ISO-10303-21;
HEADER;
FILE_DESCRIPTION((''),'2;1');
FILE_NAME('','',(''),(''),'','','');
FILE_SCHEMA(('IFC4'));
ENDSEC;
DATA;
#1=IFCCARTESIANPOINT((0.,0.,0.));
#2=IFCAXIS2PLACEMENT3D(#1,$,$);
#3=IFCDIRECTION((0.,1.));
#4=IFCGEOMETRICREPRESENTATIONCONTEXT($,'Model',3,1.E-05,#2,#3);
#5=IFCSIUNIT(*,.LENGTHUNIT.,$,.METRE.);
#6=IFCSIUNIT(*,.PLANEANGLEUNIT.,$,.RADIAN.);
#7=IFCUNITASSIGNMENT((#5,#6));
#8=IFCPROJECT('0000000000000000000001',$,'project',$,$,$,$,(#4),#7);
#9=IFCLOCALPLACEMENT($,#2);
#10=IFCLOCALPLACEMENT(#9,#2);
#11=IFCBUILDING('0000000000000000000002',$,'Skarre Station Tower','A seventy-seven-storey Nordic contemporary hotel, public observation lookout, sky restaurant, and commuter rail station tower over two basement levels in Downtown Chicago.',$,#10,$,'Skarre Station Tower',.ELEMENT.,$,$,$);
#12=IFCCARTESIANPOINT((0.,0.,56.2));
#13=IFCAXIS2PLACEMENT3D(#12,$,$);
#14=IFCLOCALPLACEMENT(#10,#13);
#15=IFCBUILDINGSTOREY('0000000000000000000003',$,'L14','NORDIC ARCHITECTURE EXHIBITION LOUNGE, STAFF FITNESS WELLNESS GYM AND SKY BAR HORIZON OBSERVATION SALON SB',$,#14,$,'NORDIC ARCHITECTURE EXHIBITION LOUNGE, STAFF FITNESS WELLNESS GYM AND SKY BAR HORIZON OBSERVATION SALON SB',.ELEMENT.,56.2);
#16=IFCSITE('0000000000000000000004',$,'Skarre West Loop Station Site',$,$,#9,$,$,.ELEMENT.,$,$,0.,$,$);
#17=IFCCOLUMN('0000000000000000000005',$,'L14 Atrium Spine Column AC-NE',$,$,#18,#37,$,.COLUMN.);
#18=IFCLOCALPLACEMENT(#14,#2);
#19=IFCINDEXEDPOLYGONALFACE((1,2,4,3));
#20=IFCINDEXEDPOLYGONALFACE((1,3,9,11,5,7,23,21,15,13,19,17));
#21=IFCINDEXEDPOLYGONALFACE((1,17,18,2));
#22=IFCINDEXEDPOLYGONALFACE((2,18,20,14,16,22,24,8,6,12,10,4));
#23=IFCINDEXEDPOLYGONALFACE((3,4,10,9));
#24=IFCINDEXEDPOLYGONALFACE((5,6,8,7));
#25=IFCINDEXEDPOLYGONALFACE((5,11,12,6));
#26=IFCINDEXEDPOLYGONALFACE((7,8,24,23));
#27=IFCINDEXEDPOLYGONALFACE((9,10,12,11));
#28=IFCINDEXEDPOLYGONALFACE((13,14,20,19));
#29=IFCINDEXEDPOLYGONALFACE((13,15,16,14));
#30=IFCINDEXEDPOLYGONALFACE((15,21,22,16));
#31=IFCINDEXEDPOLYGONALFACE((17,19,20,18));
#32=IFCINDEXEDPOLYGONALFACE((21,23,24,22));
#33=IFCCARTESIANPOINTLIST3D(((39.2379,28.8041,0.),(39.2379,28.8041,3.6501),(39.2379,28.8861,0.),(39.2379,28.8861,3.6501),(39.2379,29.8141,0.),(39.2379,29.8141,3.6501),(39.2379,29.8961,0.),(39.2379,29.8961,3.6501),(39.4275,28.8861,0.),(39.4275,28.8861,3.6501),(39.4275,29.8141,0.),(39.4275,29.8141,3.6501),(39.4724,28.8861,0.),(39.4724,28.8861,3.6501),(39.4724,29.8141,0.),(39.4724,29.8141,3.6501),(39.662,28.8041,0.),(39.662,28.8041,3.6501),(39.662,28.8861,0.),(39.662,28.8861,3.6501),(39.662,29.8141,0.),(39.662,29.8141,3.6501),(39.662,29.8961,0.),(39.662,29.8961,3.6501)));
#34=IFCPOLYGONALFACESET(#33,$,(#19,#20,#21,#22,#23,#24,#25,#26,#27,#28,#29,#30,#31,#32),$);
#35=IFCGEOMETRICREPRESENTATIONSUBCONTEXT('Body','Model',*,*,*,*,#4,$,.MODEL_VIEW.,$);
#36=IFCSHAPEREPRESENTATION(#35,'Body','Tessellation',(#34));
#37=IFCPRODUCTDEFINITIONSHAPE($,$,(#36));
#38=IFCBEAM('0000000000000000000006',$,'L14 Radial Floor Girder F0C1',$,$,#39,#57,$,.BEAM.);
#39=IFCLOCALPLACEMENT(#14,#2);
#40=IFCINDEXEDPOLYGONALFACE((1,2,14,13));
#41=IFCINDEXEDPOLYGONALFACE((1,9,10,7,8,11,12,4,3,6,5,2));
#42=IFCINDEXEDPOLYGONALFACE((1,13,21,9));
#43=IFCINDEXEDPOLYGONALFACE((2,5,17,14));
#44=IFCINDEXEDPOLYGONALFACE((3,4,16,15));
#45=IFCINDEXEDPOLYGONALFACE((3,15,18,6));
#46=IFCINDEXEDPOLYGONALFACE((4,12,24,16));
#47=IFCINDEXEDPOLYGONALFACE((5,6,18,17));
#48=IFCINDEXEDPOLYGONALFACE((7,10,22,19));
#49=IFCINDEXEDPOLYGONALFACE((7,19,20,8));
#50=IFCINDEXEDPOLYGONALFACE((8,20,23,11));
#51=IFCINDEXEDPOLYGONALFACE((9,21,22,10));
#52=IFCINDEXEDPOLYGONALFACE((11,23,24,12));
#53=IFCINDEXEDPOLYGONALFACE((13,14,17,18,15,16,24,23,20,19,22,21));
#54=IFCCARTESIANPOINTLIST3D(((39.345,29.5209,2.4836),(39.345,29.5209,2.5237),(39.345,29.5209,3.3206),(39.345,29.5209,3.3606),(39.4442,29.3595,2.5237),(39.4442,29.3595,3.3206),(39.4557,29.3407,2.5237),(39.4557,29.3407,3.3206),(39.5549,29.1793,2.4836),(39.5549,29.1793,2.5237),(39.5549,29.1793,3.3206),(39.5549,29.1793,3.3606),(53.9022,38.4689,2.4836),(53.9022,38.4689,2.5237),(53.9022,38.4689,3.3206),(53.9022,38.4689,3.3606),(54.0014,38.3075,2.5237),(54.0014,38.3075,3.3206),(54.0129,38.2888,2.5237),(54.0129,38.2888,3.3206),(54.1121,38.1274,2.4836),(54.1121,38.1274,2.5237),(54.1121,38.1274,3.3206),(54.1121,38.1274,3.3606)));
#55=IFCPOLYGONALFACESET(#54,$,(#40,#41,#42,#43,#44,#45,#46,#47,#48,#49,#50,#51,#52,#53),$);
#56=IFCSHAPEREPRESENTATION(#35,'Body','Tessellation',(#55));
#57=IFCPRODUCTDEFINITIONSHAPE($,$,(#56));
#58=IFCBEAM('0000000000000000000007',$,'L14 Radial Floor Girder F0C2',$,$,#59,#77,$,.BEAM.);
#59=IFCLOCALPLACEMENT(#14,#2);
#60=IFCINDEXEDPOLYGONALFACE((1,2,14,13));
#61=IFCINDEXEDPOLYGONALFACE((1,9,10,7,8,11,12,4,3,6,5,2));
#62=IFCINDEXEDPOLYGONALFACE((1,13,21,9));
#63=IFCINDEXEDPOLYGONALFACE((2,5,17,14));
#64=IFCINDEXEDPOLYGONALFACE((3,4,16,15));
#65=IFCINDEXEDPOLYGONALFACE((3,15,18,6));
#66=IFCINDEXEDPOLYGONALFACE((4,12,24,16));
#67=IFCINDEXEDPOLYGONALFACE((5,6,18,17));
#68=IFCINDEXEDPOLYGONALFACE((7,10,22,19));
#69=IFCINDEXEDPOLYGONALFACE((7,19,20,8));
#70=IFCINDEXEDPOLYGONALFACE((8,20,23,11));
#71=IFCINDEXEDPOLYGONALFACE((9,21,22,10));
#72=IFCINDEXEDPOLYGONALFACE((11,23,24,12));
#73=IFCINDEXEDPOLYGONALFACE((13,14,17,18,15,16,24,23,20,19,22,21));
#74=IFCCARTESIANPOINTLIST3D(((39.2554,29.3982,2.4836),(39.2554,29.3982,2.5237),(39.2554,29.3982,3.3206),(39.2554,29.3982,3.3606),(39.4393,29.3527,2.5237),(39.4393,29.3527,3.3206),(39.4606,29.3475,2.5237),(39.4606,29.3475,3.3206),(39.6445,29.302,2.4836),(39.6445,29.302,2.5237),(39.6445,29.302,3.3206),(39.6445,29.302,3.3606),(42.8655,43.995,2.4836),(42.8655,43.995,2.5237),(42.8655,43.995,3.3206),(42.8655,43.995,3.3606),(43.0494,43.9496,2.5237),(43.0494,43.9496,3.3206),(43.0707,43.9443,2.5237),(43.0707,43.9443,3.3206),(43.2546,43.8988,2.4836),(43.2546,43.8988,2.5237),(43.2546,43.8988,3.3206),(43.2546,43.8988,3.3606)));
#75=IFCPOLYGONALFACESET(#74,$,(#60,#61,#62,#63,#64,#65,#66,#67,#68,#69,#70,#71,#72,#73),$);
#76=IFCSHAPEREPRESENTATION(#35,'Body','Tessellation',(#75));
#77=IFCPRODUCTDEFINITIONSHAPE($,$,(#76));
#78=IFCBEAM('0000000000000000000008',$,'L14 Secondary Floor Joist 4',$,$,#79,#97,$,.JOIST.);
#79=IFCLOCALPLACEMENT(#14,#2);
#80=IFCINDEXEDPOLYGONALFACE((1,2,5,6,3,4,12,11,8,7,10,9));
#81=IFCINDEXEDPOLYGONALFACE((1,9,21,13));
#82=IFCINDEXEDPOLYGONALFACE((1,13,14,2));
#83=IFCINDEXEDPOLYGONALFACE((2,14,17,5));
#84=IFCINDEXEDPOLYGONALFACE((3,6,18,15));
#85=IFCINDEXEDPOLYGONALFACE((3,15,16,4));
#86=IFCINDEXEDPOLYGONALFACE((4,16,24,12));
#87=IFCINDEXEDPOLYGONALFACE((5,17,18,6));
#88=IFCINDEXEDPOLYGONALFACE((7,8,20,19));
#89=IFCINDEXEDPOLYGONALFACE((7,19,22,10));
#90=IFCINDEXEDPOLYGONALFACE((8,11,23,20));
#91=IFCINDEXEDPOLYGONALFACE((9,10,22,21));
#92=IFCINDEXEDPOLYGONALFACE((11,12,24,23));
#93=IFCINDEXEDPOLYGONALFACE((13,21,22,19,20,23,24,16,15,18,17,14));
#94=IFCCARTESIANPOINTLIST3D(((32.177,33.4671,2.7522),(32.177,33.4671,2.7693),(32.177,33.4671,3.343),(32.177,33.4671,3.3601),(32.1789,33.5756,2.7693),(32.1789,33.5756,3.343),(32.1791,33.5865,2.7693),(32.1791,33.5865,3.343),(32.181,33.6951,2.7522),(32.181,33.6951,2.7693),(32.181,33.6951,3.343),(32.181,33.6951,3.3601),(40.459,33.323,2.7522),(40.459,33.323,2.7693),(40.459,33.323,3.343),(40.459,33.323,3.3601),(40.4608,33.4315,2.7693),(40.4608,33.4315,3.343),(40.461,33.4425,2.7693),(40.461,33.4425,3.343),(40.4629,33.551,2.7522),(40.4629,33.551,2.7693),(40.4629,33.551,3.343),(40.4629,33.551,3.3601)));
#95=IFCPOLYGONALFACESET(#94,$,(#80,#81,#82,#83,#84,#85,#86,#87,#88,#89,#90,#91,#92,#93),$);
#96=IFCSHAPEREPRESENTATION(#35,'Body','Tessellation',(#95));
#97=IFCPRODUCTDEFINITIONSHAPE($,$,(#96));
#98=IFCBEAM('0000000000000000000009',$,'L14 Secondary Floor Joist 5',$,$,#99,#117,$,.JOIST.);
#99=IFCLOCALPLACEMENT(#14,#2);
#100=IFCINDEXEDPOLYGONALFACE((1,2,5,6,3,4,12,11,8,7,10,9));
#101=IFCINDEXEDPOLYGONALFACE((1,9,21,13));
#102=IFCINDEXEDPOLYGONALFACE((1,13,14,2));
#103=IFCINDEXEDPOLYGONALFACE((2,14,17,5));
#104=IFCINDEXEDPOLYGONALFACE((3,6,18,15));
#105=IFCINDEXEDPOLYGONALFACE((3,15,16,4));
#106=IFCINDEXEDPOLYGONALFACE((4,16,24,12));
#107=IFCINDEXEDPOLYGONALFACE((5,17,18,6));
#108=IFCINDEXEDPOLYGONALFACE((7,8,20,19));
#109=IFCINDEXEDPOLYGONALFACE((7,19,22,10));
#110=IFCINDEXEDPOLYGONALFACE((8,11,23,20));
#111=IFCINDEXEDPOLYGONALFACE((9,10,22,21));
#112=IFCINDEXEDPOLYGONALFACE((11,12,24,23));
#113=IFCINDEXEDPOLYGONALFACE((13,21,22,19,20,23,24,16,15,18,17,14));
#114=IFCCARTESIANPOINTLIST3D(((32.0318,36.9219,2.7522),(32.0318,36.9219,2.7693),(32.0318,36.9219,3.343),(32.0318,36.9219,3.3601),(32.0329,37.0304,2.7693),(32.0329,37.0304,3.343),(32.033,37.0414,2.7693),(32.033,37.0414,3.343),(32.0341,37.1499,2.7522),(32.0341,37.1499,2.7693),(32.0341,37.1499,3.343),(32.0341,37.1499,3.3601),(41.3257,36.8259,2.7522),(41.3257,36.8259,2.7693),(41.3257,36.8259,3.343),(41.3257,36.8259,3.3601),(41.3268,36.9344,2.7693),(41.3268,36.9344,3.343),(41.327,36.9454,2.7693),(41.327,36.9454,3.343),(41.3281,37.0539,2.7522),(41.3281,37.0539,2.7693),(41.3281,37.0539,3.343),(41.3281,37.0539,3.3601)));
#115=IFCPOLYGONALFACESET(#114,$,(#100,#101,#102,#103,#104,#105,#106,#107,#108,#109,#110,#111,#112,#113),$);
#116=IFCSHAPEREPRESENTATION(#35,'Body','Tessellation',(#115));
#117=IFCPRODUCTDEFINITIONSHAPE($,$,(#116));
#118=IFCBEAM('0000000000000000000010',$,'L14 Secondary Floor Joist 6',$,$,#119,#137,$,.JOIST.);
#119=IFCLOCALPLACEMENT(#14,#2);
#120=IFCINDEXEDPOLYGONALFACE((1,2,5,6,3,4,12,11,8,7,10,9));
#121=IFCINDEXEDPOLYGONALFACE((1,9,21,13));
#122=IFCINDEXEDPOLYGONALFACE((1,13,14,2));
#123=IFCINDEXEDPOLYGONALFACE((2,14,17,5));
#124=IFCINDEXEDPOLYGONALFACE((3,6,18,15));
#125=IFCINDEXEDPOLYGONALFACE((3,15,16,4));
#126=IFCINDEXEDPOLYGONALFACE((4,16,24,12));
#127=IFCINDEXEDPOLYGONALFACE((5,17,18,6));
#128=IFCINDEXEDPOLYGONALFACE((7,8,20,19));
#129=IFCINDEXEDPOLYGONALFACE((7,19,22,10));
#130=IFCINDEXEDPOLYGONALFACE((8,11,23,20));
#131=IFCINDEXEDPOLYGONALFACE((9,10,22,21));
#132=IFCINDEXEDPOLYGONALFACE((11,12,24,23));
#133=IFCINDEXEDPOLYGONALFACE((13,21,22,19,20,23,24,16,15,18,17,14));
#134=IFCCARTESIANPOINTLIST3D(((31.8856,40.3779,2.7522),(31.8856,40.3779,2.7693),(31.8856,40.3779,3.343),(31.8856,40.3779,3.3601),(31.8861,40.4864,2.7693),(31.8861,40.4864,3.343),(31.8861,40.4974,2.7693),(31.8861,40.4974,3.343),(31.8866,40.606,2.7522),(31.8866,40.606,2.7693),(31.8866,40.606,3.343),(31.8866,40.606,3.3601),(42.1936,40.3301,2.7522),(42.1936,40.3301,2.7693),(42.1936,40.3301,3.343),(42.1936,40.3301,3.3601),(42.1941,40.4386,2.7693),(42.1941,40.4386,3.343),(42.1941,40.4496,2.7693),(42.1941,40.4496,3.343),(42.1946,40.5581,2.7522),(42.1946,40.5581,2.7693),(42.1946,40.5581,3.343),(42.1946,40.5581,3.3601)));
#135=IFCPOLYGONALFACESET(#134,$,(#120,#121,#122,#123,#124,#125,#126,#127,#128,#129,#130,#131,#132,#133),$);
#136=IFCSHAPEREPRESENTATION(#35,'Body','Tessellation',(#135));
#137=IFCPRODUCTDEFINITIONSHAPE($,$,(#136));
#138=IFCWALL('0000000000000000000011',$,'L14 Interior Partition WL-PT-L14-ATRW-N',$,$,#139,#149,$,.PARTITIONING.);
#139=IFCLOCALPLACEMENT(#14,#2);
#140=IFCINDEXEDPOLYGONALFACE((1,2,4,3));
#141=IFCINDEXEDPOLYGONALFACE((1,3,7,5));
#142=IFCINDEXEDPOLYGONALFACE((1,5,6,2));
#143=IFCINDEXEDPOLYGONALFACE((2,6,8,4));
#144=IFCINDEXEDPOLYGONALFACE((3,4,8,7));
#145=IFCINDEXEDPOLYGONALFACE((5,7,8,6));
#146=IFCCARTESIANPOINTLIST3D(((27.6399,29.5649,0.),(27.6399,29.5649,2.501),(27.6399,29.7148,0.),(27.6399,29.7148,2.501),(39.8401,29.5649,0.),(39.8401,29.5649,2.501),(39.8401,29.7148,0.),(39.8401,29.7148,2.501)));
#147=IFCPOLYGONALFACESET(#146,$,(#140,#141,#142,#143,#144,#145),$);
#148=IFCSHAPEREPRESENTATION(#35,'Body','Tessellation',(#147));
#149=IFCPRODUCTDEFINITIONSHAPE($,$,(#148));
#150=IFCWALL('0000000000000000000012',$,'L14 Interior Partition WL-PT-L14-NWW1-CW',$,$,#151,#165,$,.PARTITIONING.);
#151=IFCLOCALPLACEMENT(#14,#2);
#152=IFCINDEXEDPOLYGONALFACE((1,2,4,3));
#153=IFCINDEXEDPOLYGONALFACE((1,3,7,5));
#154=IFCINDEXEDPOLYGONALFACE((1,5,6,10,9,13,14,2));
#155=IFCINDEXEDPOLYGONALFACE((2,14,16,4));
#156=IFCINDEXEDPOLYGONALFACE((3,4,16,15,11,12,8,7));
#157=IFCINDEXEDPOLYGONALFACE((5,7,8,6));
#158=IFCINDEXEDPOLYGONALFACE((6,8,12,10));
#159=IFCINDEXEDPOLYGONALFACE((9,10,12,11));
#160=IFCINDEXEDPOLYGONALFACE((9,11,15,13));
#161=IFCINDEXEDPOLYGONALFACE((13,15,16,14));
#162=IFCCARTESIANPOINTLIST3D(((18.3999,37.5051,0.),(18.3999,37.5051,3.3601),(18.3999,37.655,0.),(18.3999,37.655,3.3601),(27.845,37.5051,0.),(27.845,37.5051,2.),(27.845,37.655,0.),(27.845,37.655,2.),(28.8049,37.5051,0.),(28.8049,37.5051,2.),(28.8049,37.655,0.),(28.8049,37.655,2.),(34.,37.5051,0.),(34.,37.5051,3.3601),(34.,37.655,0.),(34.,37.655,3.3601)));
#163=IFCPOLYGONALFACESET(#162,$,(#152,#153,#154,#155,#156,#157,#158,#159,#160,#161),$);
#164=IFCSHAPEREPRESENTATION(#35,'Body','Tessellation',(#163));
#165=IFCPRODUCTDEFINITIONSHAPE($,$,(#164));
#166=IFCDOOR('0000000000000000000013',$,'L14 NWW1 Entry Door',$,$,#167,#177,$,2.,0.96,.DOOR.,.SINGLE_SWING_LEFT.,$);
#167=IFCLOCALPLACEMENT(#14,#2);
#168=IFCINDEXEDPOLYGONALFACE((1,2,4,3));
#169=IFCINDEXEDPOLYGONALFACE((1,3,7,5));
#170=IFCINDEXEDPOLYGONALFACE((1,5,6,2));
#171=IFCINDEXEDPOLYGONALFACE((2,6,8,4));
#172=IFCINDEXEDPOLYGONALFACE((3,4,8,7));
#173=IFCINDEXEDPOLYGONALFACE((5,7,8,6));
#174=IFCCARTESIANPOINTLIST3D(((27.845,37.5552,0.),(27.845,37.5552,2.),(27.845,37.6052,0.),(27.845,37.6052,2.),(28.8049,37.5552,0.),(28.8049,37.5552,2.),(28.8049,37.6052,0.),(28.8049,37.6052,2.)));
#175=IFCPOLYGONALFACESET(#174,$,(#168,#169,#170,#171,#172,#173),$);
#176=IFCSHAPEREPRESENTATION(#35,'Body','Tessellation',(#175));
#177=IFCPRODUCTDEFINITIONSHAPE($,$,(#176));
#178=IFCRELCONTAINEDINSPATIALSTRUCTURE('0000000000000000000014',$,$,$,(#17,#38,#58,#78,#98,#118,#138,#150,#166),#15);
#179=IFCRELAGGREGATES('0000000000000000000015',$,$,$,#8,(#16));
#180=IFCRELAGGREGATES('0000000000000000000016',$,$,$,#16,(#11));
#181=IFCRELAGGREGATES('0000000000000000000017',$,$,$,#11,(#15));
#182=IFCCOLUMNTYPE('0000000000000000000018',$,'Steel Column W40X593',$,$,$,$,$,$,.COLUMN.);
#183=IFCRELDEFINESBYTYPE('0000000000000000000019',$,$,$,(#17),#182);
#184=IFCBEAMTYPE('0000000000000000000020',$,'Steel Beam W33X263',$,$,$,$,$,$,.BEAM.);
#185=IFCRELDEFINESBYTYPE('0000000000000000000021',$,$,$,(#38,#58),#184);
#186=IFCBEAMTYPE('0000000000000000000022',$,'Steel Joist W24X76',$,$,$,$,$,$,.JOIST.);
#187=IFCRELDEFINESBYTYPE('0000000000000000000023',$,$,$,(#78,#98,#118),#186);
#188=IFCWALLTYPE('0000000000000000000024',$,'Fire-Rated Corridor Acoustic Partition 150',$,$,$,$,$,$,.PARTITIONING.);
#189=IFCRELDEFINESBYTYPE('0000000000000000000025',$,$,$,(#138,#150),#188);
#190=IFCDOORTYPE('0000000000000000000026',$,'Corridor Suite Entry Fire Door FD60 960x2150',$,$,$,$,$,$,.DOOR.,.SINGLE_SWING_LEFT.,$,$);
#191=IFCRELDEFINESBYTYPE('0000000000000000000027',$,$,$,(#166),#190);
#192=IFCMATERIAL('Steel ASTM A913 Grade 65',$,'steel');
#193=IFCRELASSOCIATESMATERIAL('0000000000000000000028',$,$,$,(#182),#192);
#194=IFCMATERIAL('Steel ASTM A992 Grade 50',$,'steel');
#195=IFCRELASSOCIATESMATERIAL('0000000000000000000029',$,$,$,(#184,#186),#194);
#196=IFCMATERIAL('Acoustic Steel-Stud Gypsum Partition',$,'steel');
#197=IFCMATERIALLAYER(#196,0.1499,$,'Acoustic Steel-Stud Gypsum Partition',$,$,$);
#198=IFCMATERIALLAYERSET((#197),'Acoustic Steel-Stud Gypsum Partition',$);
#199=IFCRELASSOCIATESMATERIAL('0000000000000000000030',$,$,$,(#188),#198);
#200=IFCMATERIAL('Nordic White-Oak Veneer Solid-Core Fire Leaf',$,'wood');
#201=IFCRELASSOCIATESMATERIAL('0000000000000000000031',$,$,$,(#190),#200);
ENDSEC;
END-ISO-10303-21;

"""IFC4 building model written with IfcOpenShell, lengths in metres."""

from ifc_helpers import new_model, si_unit, direction, frame, frame_2d, origin, origin_2d, place, context, subcontext, project, spatial, rectangle, i_section, extrude, material, layer, layer_set, material_profile, profile_set, type_object, element, fill, save


model = new_model("IFC4")

# Units and contexts
model_context = context("Model", 3, precision=1e-05, world=origin(), true_north=direction((0.0, 1.0)))
body_context = subcontext(model_context, "Body", "Model", "MODEL_VIEW")
ifc_project = project(units=[si_unit("LENGTHUNIT", "METRE"), si_unit("PLANEANGLEUNIT", "RADIAN")], contexts=[model_context])

# Site, building, storey
site_placement = place(None, origin())
site = spatial("IfcSite", under=ifc_project, at=site_placement, Name="Skarre West Loop Station Site", CompositionType="ELEMENT", RefElevation=0.0)
building_placement = place(site_placement, origin())
building = spatial("IfcBuilding", under=site, at=building_placement, Name="Skarre Station Tower", Description="A seventy-seven-storey Nordic contemporary hotel, public observation lookout, sky restaurant, and commuter rail station tower over two basement levels in Downtown Chicago.", LongName="Skarre Station Tower", CompositionType="ELEMENT")
storey_placement = place(building_placement, frame((0.0, 0.0, 56.2)))
storey = spatial("IfcBuildingStorey", under=building, at=storey_placement, Name="L14", Description="NORDIC ARCHITECTURE EXHIBITION LOUNGE, STAFF FITNESS WELLNESS GYM AND SKY BAR HORIZON OBSERVATION SALON SB", LongName="NORDIC ARCHITECTURE EXHIBITION LOUNGE, STAFF FITNESS WELLNESS GYM AND SKY BAR HORIZON OBSERVATION SALON SB", CompositionType="ELEMENT", Elevation=56.2)

# Column
ifc_material_1 = material(Name="Steel ASTM A913 Grade 65", Category="steel")
ifc_material_profile_1 = material_profile(ifc_material_1, i_section(OverallWidth=0.4241, OverallDepth=1.092, WebThickness=0.0449, FlangeThickness=0.082, at=origin_2d()), Name="Steel ASTM A913 Grade 65")
ifc_profile_set_1 = profile_set([ifc_material_profile_1], Name="Steel ASTM A913 Grade 65")
column_type = type_object("IfcColumnType", Name="Steel Column W40X593", PredefinedType="COLUMN", material=ifc_profile_set_1)
column_placement = place(storey_placement, frame((39.45, 29.3501, 0.0), z_axis=(0.0, 0.0, 1.0), x_axis=(1.0, 0.0, 0.0)))
element("IfcColumn", 1, at=column_placement, inside=storey, type_object=column_type, Name="L14 Atrium Spine Column AC-NE", PredefinedType="COLUMN", context=body_context, shape_type="SweptSolid", body=[
    extrude(i_section(OverallWidth=0.4241, OverallDepth=1.092, WebThickness=0.0449, FlangeThickness=0.082, at=origin_2d()), origin(), (0.0, 0.0, 1.0), 3.6501),
])

# Beams
ifc_material_2 = material(Name="Steel ASTM A992 Grade 50", Category="steel")
ifc_material_profile_2 = material_profile(ifc_material_2, i_section(OverallWidth=0.4009, OverallDepth=0.877, WebThickness=0.022, FlangeThickness=0.04, at=origin_2d()), Name="Steel ASTM A992 Grade 50")
ifc_profile_set_2 = profile_set([ifc_material_profile_2], Name="Steel ASTM A992 Grade 50")
beam_type_1 = type_object("IfcBeamType", Name="Steel Beam W33X263", PredefinedType="BEAM", material=ifc_profile_set_2)
beam_1_placement = place(storey_placement, frame((39.45, 29.3501, 2.9221), z_axis=(0.851926, 0.523663, 0.0), x_axis=(-0.523663, 0.851926, 0.0)))
element("IfcBeam", 2, at=beam_1_placement, inside=storey, type_object=beam_type_1, Name="L14 Radial Floor Girder F0C1", PredefinedType="BEAM", context=body_context, shape_type="SweptSolid", body=[
    extrude(i_section(OverallWidth=0.4009, OverallDepth=0.877, WebThickness=0.022, FlangeThickness=0.04, at=origin_2d()), origin(), (0.0, 0.0, 1.0), 17.0874),
])
beam_2_placement = place(storey_placement, frame((39.45, 29.3501, 2.9221), z_axis=(0.240086, 0.970752, 0.0), x_axis=(-0.970752, 0.240086, 0.0)))
element("IfcBeam", 3, at=beam_2_placement, inside=storey, type_object=beam_type_1, Name="L14 Radial Floor Girder F0C2", PredefinedType="BEAM", context=body_context, shape_type="SweptSolid", body=[
    extrude(i_section(OverallWidth=0.4009, OverallDepth=0.877, WebThickness=0.022, FlangeThickness=0.04, at=origin_2d()), origin(), (0.0, 0.0, 1.0), 15.0366),
])
ifc_material_profile_3 = material_profile(ifc_material_2, i_section(OverallWidth=0.228, OverallDepth=0.6079, WebThickness=0.011, FlangeThickness=0.0171, at=origin_2d()), Name="Steel ASTM A992 Grade 50")
ifc_profile_set_3 = profile_set([ifc_material_profile_3], Name="Steel ASTM A992 Grade 50")
beam_type_2 = type_object("IfcBeamType", Name="Steel Joist W24X76", PredefinedType="JOIST", material=ifc_profile_set_3)
beam_3_placement = place(storey_placement, frame((40.4609, 33.437, 3.0562), z_axis=(-0.999849, 0.01739, 0.0), x_axis=(-0.01739, -0.999849, 0.0)))
element("IfcBeam", 4, at=beam_3_placement, inside=storey, type_object=beam_type_2, Name="L14 Secondary Floor Joist 4", PredefinedType="JOIST", context=body_context, shape_type="SweptSolid", body=[
    extrude(i_section(OverallWidth=0.228, OverallDepth=0.6079, WebThickness=0.011, FlangeThickness=0.0171, at=origin_2d()), origin(), (0.0, 0.0, 1.0), 8.2832),
])
beam_4_placement = place(storey_placement, frame((41.3269, 36.9399, 3.0562), z_axis=(-0.999947, 0.010323, 0.0), x_axis=(-0.010323, -0.999947, 0.0)))
element("IfcBeam", 5, at=beam_4_placement, inside=storey, type_object=beam_type_2, Name="L14 Secondary Floor Joist 5", PredefinedType="JOIST", context=body_context, shape_type="SweptSolid", body=[
    extrude(i_section(OverallWidth=0.228, OverallDepth=0.6079, WebThickness=0.011, FlangeThickness=0.0171, at=origin_2d()), origin(), (0.0, 0.0, 1.0), 9.2944),
])
beam_5_placement = place(storey_placement, frame((42.1941, 40.4441, 3.0562), z_axis=(-0.999989, 0.004642, 0.0), x_axis=(-0.004642, -0.999989, 0.0)))
element("IfcBeam", 6, at=beam_5_placement, inside=storey, type_object=beam_type_2, Name="L14 Secondary Floor Joist 6", PredefinedType="JOIST", context=body_context, shape_type="SweptSolid", body=[
    extrude(i_section(OverallWidth=0.228, OverallDepth=0.6079, WebThickness=0.011, FlangeThickness=0.0171, at=origin_2d()), origin(), (0.0, 0.0, 1.0), 10.3081),
])

# Wall
ifc_material_3 = material(Name="Acoustic Steel-Stud Gypsum Partition", Category="steel")
ifc_layer_1 = layer(ifc_material_3, 0.1499, Name="Acoustic Steel-Stud Gypsum Partition")
ifc_layer_set_1 = layer_set([ifc_layer_1], Name="Acoustic Steel-Stud Gypsum Partition")
wall_type_1 = type_object("IfcWallType", Name="Fire-Rated Corridor Acoustic Partition 150", PredefinedType="PARTITIONING", material=ifc_layer_set_1)
wall_1_placement = place(storey_placement, frame((39.8401, 29.6399, 0.0), z_axis=(0.0, 0.0, 1.0), x_axis=(-1.0, 0.0, 0.0)))
element("IfcWall", 7, at=wall_1_placement, inside=storey, type_object=wall_type_1, Name="L14 Interior Partition WL-PT-L14-ATRW-N", PredefinedType="PARTITIONING", context=body_context, shape_type="SweptSolid", body=[
    extrude(rectangle(XDim=12.2002, YDim=0.1499, at=frame_2d((6.1001, 0.0))), origin(), (0.0, 0.0, 1.0), 2.501),
])

# Wall, opening, door
wall_2_placement = place(storey_placement, frame((34.0, 37.5801, 0.0), z_axis=(0.0, 0.0, 1.0), x_axis=(-1.0, 0.0, 0.0)))
wall_2 = element("IfcWall", 8, at=wall_2_placement, inside=storey, type_object=wall_type_1, Name="L14 Interior Partition WL-PT-L14-NWW1-CW", PredefinedType="PARTITIONING", context=body_context, shape_type="SweptSolid", body=[
    extrude(rectangle(XDim=15.6001, YDim=0.1499, at=frame_2d((7.8, 0.0))), origin(), (0.0, 0.0, 1.0), 3.3601),
])
opening_1_placement = place(wall_2_placement, frame((5.1951, 0.0, 0.0)))
opening_1 = element("IfcOpeningElement", 9, at=opening_1_placement, cuts=wall_2, PredefinedType="OPENING", context=body_context, shape_type="SweptSolid", body=[
    extrude(rectangle(XDim=0.96, YDim=2.0, at=frame_2d((0.48, 1.0))), frame((0.0, 0.085, 0.0), z_axis=(0.0, -1.0, 0.0), x_axis=(1.0, 0.0, 0.0)), (0.0, 0.0, 1.0), 0.1699),
])
ifc_material_4 = material(Name="Nordic White-Oak Veneer Solid-Core Fire Leaf", Category="wood")
door_type = type_object("IfcDoorType", Name="Corridor Suite Entry Fire Door FD60 960x2150", OperationType="SINGLE_SWING_LEFT", PredefinedType="DOOR", material=ifc_material_4)
door_placement = place(opening_1_placement, origin())
door = element("IfcDoor", 10, at=door_placement, inside=storey, type_object=door_type, Name="L14 NWW1 Entry Door", OperationType="SINGLE_SWING_LEFT", OverallHeight=2.0, OverallWidth=0.96, PredefinedType="DOOR", context=body_context, shape_type="SweptSolid", body=[
    extrude(rectangle(XDim=0.96, YDim=2.0, at=frame_2d((0.48, 1.0))), frame((0.0, 0.0249, 0.0), z_axis=(0.0, -1.0, 0.0), x_axis=(1.0, 0.0, 0.0)), (0.0, 0.0, 1.0), 0.05),
])
fill(opening_1, door)

save(model, "model.ifc")
